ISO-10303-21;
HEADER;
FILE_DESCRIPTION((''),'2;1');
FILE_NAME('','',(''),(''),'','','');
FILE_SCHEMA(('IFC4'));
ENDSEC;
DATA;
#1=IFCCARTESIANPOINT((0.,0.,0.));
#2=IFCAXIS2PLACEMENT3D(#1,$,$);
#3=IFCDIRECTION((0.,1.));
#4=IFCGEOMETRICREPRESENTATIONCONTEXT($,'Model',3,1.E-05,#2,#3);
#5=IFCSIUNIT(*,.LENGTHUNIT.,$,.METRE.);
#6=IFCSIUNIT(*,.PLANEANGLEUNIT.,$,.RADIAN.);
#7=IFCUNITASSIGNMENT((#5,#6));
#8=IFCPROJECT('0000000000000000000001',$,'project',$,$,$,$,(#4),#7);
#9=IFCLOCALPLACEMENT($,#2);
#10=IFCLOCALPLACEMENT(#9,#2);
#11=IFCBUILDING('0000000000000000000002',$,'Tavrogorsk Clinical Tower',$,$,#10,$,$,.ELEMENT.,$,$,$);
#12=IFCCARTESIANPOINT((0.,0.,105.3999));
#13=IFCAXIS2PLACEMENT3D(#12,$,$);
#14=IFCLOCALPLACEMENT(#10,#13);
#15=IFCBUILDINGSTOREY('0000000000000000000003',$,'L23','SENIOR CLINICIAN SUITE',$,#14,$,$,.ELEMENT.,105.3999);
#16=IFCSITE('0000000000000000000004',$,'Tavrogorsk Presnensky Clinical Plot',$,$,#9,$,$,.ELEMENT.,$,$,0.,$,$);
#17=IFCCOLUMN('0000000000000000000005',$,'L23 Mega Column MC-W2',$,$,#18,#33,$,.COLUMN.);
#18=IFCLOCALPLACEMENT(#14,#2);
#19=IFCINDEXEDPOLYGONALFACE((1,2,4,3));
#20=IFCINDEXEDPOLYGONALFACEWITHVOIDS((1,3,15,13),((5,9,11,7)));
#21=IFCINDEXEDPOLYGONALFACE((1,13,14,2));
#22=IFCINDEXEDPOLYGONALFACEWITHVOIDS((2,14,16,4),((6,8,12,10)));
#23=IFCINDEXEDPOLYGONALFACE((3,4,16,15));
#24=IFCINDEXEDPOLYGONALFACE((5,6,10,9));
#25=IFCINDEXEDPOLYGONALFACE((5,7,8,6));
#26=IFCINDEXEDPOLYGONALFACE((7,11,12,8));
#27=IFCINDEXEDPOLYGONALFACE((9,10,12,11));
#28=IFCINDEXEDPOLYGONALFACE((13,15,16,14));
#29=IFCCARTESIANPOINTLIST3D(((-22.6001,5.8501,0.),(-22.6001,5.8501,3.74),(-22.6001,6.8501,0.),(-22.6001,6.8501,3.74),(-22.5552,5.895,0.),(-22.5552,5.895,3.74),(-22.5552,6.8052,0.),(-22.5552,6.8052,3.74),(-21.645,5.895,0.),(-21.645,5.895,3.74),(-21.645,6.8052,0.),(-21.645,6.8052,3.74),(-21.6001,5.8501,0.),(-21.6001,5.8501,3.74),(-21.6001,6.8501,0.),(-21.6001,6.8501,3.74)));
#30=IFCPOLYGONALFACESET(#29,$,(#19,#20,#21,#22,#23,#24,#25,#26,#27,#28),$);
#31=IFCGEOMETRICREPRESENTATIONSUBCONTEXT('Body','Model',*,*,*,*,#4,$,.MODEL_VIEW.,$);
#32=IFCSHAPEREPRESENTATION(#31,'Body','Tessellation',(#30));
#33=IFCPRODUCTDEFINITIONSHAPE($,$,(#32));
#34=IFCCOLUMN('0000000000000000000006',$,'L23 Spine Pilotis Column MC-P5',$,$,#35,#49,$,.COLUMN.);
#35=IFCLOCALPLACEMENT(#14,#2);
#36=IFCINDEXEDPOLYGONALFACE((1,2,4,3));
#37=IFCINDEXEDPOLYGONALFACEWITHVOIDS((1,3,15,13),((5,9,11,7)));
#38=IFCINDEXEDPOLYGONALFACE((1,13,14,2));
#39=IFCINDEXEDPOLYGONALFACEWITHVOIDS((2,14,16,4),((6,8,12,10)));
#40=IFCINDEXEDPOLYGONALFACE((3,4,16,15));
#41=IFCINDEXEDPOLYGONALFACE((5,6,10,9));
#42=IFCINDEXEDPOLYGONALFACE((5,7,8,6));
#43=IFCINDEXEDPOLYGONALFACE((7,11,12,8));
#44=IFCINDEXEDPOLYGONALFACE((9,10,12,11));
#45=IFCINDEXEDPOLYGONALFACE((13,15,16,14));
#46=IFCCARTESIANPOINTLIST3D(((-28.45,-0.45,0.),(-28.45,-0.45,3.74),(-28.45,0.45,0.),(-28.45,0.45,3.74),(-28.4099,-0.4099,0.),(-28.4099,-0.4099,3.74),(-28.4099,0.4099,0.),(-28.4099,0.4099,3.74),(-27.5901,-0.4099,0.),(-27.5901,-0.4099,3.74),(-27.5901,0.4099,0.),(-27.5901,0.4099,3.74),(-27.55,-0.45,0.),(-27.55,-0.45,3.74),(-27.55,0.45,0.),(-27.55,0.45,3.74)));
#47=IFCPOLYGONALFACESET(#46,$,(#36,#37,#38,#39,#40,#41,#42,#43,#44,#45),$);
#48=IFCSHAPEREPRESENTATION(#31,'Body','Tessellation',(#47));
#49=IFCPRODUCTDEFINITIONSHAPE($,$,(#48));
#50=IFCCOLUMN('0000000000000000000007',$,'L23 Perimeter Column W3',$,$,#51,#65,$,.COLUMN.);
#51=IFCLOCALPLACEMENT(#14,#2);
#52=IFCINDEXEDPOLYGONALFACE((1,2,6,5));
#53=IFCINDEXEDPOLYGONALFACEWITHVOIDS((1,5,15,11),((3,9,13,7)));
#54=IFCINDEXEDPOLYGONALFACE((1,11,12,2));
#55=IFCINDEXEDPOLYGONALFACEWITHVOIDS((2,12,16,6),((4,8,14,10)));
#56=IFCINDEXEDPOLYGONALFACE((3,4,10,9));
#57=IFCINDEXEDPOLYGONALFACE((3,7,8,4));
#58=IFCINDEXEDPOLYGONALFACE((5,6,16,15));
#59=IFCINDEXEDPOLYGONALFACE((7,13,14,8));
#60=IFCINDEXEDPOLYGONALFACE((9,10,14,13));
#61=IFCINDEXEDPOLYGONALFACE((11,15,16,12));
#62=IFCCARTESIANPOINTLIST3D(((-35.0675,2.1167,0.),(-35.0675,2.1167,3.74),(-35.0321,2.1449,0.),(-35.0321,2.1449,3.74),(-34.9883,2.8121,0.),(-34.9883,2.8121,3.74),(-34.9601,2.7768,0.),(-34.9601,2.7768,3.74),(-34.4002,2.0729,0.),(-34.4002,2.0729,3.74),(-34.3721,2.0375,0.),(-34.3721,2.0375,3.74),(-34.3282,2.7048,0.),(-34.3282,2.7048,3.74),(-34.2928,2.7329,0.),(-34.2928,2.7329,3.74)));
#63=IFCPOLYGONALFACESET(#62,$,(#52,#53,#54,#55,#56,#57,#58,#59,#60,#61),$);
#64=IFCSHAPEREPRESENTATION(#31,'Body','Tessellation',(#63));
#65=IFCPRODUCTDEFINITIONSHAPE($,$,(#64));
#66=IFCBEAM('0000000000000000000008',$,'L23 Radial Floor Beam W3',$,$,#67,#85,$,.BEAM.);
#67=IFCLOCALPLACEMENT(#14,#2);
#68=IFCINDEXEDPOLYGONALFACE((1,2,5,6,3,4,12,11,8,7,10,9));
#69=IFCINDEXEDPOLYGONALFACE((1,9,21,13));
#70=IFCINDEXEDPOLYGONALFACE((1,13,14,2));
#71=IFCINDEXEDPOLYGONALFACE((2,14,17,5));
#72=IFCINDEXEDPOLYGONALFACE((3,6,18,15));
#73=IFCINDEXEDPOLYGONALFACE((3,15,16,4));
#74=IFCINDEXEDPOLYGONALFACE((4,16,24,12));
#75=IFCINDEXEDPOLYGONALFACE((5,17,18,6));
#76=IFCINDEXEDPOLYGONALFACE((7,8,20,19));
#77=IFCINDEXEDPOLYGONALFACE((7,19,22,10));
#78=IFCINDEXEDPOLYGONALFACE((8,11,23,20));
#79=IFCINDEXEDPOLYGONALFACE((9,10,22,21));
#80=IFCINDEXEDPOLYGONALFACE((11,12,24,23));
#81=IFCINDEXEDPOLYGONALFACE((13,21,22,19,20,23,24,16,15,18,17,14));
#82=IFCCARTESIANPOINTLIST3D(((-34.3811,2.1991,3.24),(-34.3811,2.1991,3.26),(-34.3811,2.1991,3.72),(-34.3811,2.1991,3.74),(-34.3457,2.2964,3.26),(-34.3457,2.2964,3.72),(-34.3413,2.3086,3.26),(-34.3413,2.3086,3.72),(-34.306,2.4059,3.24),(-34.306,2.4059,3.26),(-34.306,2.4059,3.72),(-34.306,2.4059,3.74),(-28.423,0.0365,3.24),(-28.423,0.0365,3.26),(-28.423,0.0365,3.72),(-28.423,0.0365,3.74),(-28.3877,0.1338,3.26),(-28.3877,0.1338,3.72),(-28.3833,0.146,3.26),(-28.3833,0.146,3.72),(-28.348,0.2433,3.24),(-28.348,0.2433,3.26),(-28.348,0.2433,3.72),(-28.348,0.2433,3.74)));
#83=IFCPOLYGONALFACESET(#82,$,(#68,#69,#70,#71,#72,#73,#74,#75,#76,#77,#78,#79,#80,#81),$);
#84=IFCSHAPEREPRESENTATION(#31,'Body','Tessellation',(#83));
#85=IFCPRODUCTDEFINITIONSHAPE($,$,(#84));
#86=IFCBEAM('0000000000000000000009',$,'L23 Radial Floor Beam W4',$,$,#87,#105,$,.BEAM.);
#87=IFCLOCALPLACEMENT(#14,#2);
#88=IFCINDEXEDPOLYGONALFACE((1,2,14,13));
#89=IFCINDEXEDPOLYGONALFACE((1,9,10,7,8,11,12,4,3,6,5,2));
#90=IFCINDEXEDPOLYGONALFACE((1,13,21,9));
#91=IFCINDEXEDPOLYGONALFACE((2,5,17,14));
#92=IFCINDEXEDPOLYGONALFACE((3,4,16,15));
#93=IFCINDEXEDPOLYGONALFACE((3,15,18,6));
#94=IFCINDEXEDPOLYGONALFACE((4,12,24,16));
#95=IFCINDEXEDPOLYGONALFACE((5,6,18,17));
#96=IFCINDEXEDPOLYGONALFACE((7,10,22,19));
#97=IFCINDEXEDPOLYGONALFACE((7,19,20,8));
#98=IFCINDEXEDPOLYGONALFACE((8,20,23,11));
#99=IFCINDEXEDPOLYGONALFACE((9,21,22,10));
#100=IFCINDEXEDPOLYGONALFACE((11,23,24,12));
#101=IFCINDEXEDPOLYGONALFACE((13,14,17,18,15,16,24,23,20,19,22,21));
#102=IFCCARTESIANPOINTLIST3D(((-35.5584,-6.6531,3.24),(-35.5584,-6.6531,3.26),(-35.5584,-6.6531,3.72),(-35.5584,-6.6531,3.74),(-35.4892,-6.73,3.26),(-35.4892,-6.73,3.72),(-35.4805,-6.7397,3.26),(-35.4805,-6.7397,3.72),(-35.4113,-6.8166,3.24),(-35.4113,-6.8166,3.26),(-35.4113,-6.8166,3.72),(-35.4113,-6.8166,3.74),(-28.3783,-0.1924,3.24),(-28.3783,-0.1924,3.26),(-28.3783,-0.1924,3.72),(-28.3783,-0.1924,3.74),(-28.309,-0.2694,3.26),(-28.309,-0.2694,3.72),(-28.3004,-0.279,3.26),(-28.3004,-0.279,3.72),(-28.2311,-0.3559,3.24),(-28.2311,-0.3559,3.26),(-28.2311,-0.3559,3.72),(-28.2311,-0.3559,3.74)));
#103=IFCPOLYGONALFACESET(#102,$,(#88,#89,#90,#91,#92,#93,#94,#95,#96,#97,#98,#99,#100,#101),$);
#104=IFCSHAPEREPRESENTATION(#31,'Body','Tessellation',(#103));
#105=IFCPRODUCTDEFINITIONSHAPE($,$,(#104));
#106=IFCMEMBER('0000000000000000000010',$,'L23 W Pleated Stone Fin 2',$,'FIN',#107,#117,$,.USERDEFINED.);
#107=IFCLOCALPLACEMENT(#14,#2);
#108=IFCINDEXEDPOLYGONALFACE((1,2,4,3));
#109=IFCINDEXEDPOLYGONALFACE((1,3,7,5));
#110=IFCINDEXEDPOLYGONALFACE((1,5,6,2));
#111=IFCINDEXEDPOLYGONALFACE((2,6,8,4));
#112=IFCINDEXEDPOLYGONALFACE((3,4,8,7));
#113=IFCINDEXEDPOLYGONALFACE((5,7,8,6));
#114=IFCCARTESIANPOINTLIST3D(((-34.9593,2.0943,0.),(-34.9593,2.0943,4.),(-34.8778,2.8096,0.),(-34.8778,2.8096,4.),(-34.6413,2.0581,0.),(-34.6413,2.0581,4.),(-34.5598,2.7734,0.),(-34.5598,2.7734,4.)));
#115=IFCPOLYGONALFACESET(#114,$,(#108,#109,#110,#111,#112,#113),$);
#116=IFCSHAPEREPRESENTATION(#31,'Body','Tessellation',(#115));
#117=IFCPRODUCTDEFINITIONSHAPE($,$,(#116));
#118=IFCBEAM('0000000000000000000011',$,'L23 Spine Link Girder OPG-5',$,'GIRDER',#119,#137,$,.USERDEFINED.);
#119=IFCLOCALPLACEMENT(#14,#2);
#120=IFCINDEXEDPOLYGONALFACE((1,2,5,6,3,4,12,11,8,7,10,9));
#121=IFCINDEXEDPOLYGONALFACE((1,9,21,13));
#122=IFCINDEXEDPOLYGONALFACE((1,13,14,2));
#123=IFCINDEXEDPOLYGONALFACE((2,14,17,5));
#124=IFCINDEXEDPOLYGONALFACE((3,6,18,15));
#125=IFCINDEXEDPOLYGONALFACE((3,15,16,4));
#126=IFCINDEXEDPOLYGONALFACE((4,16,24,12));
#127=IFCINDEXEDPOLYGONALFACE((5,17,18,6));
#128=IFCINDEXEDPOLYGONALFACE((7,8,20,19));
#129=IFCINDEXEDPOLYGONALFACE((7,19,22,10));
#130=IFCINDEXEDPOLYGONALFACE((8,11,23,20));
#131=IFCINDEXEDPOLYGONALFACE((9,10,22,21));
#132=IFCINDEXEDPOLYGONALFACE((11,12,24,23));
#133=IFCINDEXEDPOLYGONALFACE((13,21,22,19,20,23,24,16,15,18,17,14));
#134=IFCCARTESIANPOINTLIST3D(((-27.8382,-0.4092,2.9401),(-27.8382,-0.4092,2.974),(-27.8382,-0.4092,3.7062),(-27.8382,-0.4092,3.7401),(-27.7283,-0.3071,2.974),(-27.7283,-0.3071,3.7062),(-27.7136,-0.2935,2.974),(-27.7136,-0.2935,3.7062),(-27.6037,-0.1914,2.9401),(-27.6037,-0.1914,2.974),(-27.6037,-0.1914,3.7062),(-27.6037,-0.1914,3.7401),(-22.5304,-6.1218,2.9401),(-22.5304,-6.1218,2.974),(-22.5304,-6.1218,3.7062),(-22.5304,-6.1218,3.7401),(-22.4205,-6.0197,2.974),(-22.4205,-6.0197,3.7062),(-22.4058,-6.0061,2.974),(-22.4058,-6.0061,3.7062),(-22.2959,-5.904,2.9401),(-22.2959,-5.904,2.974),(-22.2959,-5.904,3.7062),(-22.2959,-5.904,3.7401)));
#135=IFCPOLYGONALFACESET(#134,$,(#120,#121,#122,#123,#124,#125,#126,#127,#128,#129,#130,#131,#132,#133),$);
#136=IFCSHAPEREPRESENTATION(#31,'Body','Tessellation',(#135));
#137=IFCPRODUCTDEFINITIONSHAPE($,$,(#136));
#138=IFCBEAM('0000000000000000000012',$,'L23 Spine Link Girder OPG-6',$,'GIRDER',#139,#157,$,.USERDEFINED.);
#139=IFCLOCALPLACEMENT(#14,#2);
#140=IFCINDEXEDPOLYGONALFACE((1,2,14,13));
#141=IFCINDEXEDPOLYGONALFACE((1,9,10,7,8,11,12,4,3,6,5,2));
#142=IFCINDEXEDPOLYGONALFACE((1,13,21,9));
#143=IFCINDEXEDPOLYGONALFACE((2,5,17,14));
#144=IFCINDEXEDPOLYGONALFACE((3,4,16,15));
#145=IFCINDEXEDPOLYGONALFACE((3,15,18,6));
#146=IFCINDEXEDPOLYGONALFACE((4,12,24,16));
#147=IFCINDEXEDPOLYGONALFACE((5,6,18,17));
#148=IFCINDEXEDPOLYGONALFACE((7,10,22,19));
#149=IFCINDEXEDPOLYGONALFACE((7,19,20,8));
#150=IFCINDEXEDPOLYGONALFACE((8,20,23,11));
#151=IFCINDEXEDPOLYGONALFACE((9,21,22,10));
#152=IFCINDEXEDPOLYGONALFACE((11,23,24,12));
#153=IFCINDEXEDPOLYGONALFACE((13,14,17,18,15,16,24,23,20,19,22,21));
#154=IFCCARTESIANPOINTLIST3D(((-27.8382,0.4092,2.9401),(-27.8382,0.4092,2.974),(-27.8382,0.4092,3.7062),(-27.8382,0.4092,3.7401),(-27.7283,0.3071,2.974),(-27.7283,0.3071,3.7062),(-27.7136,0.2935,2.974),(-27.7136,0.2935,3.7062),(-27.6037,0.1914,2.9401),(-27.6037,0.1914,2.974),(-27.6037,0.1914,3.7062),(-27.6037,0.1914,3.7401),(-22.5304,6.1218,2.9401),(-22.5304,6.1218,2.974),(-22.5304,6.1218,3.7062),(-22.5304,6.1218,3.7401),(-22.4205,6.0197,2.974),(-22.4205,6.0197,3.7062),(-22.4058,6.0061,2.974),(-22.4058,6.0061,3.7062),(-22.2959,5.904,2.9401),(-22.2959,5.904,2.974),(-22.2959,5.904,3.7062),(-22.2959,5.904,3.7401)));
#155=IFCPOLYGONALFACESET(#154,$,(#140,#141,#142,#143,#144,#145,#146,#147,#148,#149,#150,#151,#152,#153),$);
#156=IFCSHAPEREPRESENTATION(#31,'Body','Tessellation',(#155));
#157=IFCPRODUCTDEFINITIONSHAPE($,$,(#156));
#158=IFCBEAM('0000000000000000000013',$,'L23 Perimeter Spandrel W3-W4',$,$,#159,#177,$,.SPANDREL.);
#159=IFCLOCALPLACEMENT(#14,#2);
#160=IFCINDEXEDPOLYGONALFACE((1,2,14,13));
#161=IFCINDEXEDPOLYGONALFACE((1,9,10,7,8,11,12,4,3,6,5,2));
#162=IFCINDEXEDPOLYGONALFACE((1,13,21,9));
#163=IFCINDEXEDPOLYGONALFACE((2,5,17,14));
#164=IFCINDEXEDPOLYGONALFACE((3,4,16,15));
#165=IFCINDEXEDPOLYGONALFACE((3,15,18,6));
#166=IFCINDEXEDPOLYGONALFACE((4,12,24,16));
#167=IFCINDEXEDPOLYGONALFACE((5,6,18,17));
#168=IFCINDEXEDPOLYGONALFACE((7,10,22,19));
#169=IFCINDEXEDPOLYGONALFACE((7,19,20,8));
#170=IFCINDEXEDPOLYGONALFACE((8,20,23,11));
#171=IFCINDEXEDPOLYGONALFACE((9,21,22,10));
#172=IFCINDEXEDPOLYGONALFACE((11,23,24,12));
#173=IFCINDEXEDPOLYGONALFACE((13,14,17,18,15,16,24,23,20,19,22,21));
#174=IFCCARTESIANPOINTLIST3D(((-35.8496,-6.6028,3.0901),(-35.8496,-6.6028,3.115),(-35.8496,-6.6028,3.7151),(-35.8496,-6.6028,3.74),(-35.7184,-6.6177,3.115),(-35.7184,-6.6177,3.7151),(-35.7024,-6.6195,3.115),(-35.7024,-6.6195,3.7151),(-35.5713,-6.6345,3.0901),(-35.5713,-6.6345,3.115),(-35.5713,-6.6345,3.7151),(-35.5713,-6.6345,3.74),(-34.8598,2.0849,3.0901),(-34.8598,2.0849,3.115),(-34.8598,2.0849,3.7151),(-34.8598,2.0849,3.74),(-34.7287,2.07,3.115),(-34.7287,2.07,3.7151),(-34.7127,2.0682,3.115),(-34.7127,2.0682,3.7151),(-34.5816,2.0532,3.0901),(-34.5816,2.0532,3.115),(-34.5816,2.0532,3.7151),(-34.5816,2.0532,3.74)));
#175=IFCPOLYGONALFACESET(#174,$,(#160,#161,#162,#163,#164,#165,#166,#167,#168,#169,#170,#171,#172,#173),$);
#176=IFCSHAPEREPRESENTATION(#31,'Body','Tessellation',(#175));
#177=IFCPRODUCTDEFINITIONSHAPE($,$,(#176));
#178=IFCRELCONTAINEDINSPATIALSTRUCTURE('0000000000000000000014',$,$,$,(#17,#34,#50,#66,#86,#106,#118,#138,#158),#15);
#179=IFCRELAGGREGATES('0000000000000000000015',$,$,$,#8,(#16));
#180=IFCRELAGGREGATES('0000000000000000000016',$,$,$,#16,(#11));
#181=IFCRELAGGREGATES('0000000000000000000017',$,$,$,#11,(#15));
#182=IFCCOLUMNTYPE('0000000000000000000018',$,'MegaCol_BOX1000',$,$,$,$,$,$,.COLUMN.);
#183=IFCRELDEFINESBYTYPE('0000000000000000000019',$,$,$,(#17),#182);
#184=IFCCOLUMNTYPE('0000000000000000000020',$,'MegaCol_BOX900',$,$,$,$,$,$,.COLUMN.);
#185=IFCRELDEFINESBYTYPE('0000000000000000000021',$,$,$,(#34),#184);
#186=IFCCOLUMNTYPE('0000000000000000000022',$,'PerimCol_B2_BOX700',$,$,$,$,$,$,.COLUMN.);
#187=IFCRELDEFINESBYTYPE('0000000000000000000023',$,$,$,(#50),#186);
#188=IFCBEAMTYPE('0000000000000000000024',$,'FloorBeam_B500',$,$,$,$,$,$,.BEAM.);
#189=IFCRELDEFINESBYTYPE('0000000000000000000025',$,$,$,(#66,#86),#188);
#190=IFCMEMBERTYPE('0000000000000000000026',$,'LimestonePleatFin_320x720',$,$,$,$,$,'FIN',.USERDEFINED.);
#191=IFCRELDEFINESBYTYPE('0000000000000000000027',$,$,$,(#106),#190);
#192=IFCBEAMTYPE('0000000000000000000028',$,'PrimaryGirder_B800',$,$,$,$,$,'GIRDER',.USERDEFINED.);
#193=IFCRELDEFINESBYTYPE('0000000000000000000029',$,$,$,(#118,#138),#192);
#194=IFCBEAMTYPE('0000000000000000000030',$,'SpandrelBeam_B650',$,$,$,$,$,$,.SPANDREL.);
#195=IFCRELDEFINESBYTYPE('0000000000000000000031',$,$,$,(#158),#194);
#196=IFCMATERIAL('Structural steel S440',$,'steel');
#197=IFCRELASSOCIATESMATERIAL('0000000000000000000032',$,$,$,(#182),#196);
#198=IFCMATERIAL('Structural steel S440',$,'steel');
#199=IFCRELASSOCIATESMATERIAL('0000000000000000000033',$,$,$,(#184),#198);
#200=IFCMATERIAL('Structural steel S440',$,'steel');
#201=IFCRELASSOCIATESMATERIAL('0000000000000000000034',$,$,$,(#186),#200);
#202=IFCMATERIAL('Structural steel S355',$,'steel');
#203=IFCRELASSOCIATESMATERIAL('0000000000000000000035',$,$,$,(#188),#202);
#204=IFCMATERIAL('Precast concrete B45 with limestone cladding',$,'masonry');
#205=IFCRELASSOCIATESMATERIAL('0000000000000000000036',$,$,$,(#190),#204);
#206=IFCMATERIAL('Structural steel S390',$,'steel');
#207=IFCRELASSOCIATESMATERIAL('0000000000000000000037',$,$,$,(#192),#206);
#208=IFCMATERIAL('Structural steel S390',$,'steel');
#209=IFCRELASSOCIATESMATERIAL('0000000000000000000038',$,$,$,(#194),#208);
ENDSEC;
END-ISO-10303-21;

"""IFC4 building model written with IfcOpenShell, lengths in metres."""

from ifc_helpers import new_model, si_unit, direction, frame, origin, origin_2d, place, context, subcontext, project, spatial, rectangle, hollow_rectangle, i_section, extrude, material, material_profile, profile_set, type_object, element, save


model = new_model("IFC4")

# Units and contexts
model_context = context("Model", 3, precision=1e-05, world=origin(), true_north=direction((0.0, 1.0)))
body_context = subcontext(model_context, "Body", "Model", "MODEL_VIEW")
ifc_project = project(units=[si_unit("LENGTHUNIT", "METRE"), si_unit("PLANEANGLEUNIT", "RADIAN")], contexts=[model_context])

# Site, building, storey
site_placement = place(None, origin())
site = spatial("IfcSite", under=ifc_project, at=site_placement, Name="Tavrogorsk Presnensky Clinical Plot", CompositionType="ELEMENT", RefElevation=0.0)
building_placement = place(site_placement, origin())
building = spatial("IfcBuilding", under=site, at=building_placement, Name="Tavrogorsk Clinical Tower", CompositionType="ELEMENT")
storey_placement = place(building_placement, frame((0.0, 0.0, 105.3999)))
storey = spatial("IfcBuildingStorey", under=building, at=storey_placement, Name="L23", Description="SENIOR CLINICIAN SUITE", CompositionType="ELEMENT", Elevation=105.3999)

# Columns
ifc_material_1 = material(Name="Structural steel S440", Category="steel")
ifc_material_profile_1 = material_profile(ifc_material_1, hollow_rectangle(XDim=1.0, YDim=1.0, WallThickness=0.0449, at=origin_2d()), Name="BOX-1000x1000x45")
ifc_profile_set_1 = profile_set([ifc_material_profile_1], Name="Structural steel S440")
column_type_1 = type_object("IfcColumnType", Name="MegaCol_BOX1000", PredefinedType="COLUMN", material=ifc_profile_set_1)
column_1_placement = place(storey_placement, frame((-22.1001, 6.3501, 0.0), z_axis=(0.0, 0.0, 1.0), x_axis=(1.0, 0.0, 0.0)))
element("IfcColumn", 1, at=column_1_placement, inside=storey, type_object=column_type_1, Name="L23 Mega Column MC-W2", PredefinedType="COLUMN", context=body_context, shape_type="SweptSolid", body=[
    extrude(hollow_rectangle(XDim=1.0, YDim=1.0, WallThickness=0.0449, at=origin_2d()), origin(), (0.0, 0.0, 1.0), 3.74),
])
ifc_material_2 = material(Name="Structural steel S440", Category="steel")
ifc_material_profile_2 = material_profile(ifc_material_2, hollow_rectangle(XDim=0.8999, YDim=0.8999, WallThickness=0.04, at=origin_2d()), Name="BOX-900x900x40")
ifc_profile_set_2 = profile_set([ifc_material_profile_2], Name="Structural steel S440")
column_type_2 = type_object("IfcColumnType", Name="MegaCol_BOX900", PredefinedType="COLUMN", material=ifc_profile_set_2)
column_2_placement = place(storey_placement, frame((-28.0, 0.0, 0.0), z_axis=(0.0, 0.0, 1.0), x_axis=(1.0, 0.0, 0.0)))
element("IfcColumn", 2, at=column_2_placement, inside=storey, type_object=column_type_2, Name="L23 Spine Pilotis Column MC-P5", PredefinedType="COLUMN", context=body_context, shape_type="SweptSolid", body=[
    extrude(hollow_rectangle(XDim=0.8999, YDim=0.8999, WallThickness=0.04, at=origin_2d()), origin(), (0.0, 0.0, 1.0), 3.74),
])
ifc_material_3 = material(Name="Structural steel S440", Category="steel")
ifc_material_profile_3 = material_profile(ifc_material_3, hollow_rectangle(XDim=0.7, YDim=0.7, WallThickness=0.032, at=origin_2d()), Name="BOX-700x700x32")
ifc_profile_set_3 = profile_set([ifc_material_profile_3], Name="Structural steel S440")
column_type_3 = type_object("IfcColumnType", Name="PerimCol_B2_BOX700", PredefinedType="COLUMN", material=ifc_profile_set_3)
column_3_placement = place(storey_placement, frame((-34.6802, 2.4248, 0.0), z_axis=(0.0, 0.0, 1.0), x_axis=(0.993572, -0.113203, 0.0)))
element("IfcColumn", 3, at=column_3_placement, inside=storey, type_object=column_type_3, Name="L23 Perimeter Column W3", PredefinedType="COLUMN", context=body_context, shape_type="SweptSolid", body=[
    extrude(hollow_rectangle(XDim=0.7, YDim=0.7, WallThickness=0.032, at=origin_2d()), origin(), (0.0, 0.0, 1.0), 3.74),
])

# Beams
ifc_material_4 = material(Name="Structural steel S355", Category="steel")
ifc_material_profile_4 = material_profile(ifc_material_4, i_section(OverallWidth=0.22, OverallDepth=0.5, WebThickness=0.0129, FlangeThickness=0.02, at=origin_2d()), Name="B-500x220x13x20")
ifc_profile_set_4 = profile_set([ifc_material_profile_4], Name="Structural steel S355")
beam_type_1 = type_object("IfcBeamType", Name="FloorBeam_B500", PredefinedType="BEAM", material=ifc_profile_set_4)
beam_1_placement = place(storey_placement, frame((-28.3855, 0.1399, 3.49), z_axis=(-0.939993, 0.341193, 0.0), x_axis=(-0.341193, -0.939993, 0.0)))
element("IfcBeam", 4, at=beam_1_placement, inside=storey, type_object=beam_type_1, Name="L23 Radial Floor Beam W3", PredefinedType="BEAM", context=body_context, shape_type="SweptSolid", body=[
    extrude(i_section(OverallWidth=0.22, OverallDepth=0.5, WebThickness=0.0129, FlangeThickness=0.02, at=origin_2d()), origin(), (0.0, 0.0, 1.0), 6.3384),
])
beam_2_placement = place(storey_placement, frame((-28.3047, -0.2742, 3.49), z_axis=(-0.74337, -0.668881, 0.0), x_axis=(0.668881, -0.74337, 0.0)))
element("IfcBeam", 5, at=beam_2_placement, inside=storey, type_object=beam_type_1, Name="L23 Radial Floor Beam W4", PredefinedType="BEAM", context=body_context, shape_type="SweptSolid", body=[
    extrude(i_section(OverallWidth=0.22, OverallDepth=0.5, WebThickness=0.0129, FlangeThickness=0.02, at=origin_2d()), origin(), (0.0, 0.0, 1.0), 9.6589),
])

# Member
ifc_material_5 = material(Name="Precast concrete B45 with limestone cladding", Category="masonry")
ifc_material_profile_5 = material_profile(ifc_material_5, rectangle(XDim=0.3201, YDim=0.72, at=origin_2d()), Name="LIMESTONE-FIN-320x720")
ifc_profile_set_5 = profile_set([ifc_material_profile_5], Name="Precast concrete B45 with limestone cladding")
member_type = type_object("IfcMemberType", Name="LimestonePleatFin_320x720", ElementType="FIN", PredefinedType="USERDEFINED", material=ifc_profile_set_5)
member_placement = place(storey_placement, frame((-34.7595, 2.4338, 0.0), z_axis=(0.0, 0.0, 1.0), x_axis=(0.993572, -0.113203, 0.0)))
element("IfcMember", 6, at=member_placement, inside=storey, type_object=member_type, Name="L23 W Pleated Stone Fin 2", ObjectType="FIN", PredefinedType="USERDEFINED", context=body_context, shape_type="SweptSolid", body=[
    extrude(rectangle(XDim=0.3201, YDim=0.72, at=origin_2d()), origin(), (0.0, 0.0, 1.0), 4.0),
])

# Beams
ifc_material_6 = material(Name="Structural steel S390", Category="steel")
ifc_material_profile_6 = material_profile(ifc_material_6, i_section(OverallWidth=0.3201, OverallDepth=0.8, WebThickness=0.02, FlangeThickness=0.0339, at=origin_2d()), Name="B-800x320x20x34")
ifc_profile_set_6 = profile_set([ifc_material_profile_6], Name="Structural steel S390")
beam_type_2 = type_object("IfcBeamType", Name="PrimaryGirder_B800", ElementType="GIRDER", PredefinedType="USERDEFINED", material=ifc_profile_set_6)
for number, where, z_axis, x_axis, name in (
    (7, (-27.7209, -0.3003, 3.3401), (0.680676, -0.732585, 0.0), (0.732585, 0.680676, 0.0), "L23 Spine Link Girder OPG-5"),
    (8, (-27.7209, 0.3003, 3.3401), (0.680676, 0.732585, 0.0), (-0.732585, 0.680676, 0.0), "L23 Spine Link Girder OPG-6"),
):
    element("IfcBeam", number, at=place(storey_placement, frame(where, z_axis=z_axis, x_axis=x_axis)), inside=storey, type_object=beam_type_2, Name=name, ObjectType="GIRDER", PredefinedType="USERDEFINED", context=body_context, shape_type="SweptSolid", body=[
        extrude(i_section(OverallWidth=0.3201, OverallDepth=0.8, WebThickness=0.02, FlangeThickness=0.0339, at=origin_2d()), origin(), (0.0, 0.0, 1.0), 7.7979),
    ])
ifc_material_7 = material(Name="Structural steel S390", Category="steel")
ifc_material_profile_7 = material_profile(ifc_material_7, i_section(OverallWidth=0.28, OverallDepth=0.6499, WebThickness=0.0161, FlangeThickness=0.0249, at=origin_2d()), Name="B-650x280x16x25")
ifc_profile_set_7 = profile_set([ifc_material_profile_7], Name="Structural steel S390")
beam_type_3 = type_object("IfcBeamType", Name="SpandrelBeam_B650", PredefinedType="SPANDREL", material=ifc_profile_set_7)
beam_3_placement = place(storey_placement, frame((-34.7207, 2.0691, 3.415), z_axis=(-0.113192, -0.993573, 0.0), x_axis=(0.993573, -0.113192, 0.0)))
element("IfcBeam", 9, at=beam_3_placement, inside=storey, type_object=beam_type_3, Name="L23 Perimeter Spandrel W3-W4", PredefinedType="SPANDREL", context=body_context, shape_type="SweptSolid", body=[
    extrude(i_section(OverallWidth=0.28, OverallDepth=0.6499, WebThickness=0.0161, FlangeThickness=0.0249, at=origin_2d()), origin(), (0.0, 0.0, 1.0), 8.7439),
])

save(model, "model.ifc")
